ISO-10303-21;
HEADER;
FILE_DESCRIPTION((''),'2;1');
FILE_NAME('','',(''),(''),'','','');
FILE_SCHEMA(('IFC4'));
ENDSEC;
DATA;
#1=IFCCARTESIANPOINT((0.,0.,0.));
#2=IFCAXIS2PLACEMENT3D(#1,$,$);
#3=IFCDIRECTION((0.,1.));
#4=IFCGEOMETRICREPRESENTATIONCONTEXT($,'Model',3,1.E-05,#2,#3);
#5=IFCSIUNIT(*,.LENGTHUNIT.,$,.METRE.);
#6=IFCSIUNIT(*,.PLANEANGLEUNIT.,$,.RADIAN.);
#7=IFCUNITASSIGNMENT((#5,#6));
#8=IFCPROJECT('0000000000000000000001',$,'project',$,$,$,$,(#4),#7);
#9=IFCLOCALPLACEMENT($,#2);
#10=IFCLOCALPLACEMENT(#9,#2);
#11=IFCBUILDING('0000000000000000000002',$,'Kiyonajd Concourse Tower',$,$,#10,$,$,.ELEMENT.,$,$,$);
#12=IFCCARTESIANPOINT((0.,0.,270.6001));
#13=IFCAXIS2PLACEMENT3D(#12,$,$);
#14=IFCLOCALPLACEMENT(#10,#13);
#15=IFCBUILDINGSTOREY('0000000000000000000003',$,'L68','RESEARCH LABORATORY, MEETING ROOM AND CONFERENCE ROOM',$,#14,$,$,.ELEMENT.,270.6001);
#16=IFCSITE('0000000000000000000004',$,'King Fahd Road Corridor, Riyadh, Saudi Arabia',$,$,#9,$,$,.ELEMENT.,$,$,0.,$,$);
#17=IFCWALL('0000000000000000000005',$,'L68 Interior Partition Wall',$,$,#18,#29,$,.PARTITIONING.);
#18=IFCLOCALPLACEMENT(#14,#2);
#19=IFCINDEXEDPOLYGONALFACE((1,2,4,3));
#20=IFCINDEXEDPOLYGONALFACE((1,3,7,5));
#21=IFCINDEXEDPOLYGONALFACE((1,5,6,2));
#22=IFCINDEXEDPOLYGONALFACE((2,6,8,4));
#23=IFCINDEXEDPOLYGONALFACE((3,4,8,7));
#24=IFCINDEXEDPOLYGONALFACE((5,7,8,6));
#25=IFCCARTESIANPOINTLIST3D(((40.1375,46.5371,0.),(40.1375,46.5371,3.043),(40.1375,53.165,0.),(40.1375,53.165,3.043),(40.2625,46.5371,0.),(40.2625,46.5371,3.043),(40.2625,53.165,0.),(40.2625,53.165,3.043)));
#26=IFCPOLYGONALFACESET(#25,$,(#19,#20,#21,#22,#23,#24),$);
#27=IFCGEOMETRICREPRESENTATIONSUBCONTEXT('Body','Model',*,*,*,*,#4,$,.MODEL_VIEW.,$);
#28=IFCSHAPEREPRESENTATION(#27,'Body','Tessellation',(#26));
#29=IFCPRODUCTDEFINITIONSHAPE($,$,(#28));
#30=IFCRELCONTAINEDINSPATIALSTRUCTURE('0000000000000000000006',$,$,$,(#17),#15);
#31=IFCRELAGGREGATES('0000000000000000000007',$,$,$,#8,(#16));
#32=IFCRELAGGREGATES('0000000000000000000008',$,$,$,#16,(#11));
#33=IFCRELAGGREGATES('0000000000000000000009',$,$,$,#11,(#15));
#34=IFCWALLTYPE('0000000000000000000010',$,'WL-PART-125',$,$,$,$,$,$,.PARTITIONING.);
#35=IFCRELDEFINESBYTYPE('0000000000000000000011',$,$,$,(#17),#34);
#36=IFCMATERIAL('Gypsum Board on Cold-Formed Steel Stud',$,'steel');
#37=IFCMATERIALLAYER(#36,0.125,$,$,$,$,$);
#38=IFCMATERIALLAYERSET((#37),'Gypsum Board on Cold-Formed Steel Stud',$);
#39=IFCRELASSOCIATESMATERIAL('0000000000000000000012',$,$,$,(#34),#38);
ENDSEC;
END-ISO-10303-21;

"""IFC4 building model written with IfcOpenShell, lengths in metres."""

from ifc_helpers import new_model, si_unit, direction, frame, frame_2d, origin, place, context, subcontext, project, spatial, rectangle, extrude, material, layer, layer_set, type_object, element, save


model = new_model("IFC4")

# Units and contexts
model_context = context("Model", 3, precision=1e-05, world=origin(), true_north=direction((0.0, 1.0)))
body_context = subcontext(model_context, "Body", "Model", "MODEL_VIEW")
ifc_project = project(units=[si_unit("LENGTHUNIT", "METRE"), si_unit("PLANEANGLEUNIT", "RADIAN")], contexts=[model_context])

# Site, building, storey
site_placement = place(None, origin())
site = spatial("IfcSite", under=ifc_project, at=site_placement, Name="King Fahd Road Corridor, Riyadh, Saudi Arabia", CompositionType="ELEMENT", RefElevation=0.0)
building_placement = place(site_placement, origin())
building = spatial("IfcBuilding", under=site, at=building_placement, Name="Kiyonajd Concourse Tower", CompositionType="ELEMENT")
storey_placement = place(building_placement, frame((0.0, 0.0, 270.6001)))
storey = spatial("IfcBuildingStorey", under=building, at=storey_placement, Name="L68", Description="RESEARCH LABORATORY, MEETING ROOM AND CONFERENCE ROOM", CompositionType="ELEMENT", Elevation=270.6001)

# Wall
ifc_material_1 = material(Name="Gypsum Board on Cold-Formed Steel Stud", Category="steel")
ifc_layer_1 = layer(ifc_material_1, 0.125)
ifc_layer_set_1 = layer_set([ifc_layer_1], Name="Gypsum Board on Cold-Formed Steel Stud")
wall_type_1 = type_object("IfcWallType", Name="WL-PART-125", PredefinedType="PARTITIONING", material=ifc_layer_set_1)
wall_1_placement = place(storey_placement, frame((40.2, 46.5371, 0.0), z_axis=(0.0, 0.0, 1.0), x_axis=(0.0, 1.0, 0.0)))
element("IfcWall", 1, at=wall_1_placement, inside=storey, type_object=wall_type_1, Name="L68 Interior Partition Wall", PredefinedType="PARTITIONING", context=body_context, shape_type="SweptSolid", body=[
    extrude(rectangle(XDim=6.6279, YDim=0.125, at=frame_2d((3.314, 0.0))), origin(), (0.0, 0.0, 1.0), 3.043),
])

save(model, "model.ifc")
